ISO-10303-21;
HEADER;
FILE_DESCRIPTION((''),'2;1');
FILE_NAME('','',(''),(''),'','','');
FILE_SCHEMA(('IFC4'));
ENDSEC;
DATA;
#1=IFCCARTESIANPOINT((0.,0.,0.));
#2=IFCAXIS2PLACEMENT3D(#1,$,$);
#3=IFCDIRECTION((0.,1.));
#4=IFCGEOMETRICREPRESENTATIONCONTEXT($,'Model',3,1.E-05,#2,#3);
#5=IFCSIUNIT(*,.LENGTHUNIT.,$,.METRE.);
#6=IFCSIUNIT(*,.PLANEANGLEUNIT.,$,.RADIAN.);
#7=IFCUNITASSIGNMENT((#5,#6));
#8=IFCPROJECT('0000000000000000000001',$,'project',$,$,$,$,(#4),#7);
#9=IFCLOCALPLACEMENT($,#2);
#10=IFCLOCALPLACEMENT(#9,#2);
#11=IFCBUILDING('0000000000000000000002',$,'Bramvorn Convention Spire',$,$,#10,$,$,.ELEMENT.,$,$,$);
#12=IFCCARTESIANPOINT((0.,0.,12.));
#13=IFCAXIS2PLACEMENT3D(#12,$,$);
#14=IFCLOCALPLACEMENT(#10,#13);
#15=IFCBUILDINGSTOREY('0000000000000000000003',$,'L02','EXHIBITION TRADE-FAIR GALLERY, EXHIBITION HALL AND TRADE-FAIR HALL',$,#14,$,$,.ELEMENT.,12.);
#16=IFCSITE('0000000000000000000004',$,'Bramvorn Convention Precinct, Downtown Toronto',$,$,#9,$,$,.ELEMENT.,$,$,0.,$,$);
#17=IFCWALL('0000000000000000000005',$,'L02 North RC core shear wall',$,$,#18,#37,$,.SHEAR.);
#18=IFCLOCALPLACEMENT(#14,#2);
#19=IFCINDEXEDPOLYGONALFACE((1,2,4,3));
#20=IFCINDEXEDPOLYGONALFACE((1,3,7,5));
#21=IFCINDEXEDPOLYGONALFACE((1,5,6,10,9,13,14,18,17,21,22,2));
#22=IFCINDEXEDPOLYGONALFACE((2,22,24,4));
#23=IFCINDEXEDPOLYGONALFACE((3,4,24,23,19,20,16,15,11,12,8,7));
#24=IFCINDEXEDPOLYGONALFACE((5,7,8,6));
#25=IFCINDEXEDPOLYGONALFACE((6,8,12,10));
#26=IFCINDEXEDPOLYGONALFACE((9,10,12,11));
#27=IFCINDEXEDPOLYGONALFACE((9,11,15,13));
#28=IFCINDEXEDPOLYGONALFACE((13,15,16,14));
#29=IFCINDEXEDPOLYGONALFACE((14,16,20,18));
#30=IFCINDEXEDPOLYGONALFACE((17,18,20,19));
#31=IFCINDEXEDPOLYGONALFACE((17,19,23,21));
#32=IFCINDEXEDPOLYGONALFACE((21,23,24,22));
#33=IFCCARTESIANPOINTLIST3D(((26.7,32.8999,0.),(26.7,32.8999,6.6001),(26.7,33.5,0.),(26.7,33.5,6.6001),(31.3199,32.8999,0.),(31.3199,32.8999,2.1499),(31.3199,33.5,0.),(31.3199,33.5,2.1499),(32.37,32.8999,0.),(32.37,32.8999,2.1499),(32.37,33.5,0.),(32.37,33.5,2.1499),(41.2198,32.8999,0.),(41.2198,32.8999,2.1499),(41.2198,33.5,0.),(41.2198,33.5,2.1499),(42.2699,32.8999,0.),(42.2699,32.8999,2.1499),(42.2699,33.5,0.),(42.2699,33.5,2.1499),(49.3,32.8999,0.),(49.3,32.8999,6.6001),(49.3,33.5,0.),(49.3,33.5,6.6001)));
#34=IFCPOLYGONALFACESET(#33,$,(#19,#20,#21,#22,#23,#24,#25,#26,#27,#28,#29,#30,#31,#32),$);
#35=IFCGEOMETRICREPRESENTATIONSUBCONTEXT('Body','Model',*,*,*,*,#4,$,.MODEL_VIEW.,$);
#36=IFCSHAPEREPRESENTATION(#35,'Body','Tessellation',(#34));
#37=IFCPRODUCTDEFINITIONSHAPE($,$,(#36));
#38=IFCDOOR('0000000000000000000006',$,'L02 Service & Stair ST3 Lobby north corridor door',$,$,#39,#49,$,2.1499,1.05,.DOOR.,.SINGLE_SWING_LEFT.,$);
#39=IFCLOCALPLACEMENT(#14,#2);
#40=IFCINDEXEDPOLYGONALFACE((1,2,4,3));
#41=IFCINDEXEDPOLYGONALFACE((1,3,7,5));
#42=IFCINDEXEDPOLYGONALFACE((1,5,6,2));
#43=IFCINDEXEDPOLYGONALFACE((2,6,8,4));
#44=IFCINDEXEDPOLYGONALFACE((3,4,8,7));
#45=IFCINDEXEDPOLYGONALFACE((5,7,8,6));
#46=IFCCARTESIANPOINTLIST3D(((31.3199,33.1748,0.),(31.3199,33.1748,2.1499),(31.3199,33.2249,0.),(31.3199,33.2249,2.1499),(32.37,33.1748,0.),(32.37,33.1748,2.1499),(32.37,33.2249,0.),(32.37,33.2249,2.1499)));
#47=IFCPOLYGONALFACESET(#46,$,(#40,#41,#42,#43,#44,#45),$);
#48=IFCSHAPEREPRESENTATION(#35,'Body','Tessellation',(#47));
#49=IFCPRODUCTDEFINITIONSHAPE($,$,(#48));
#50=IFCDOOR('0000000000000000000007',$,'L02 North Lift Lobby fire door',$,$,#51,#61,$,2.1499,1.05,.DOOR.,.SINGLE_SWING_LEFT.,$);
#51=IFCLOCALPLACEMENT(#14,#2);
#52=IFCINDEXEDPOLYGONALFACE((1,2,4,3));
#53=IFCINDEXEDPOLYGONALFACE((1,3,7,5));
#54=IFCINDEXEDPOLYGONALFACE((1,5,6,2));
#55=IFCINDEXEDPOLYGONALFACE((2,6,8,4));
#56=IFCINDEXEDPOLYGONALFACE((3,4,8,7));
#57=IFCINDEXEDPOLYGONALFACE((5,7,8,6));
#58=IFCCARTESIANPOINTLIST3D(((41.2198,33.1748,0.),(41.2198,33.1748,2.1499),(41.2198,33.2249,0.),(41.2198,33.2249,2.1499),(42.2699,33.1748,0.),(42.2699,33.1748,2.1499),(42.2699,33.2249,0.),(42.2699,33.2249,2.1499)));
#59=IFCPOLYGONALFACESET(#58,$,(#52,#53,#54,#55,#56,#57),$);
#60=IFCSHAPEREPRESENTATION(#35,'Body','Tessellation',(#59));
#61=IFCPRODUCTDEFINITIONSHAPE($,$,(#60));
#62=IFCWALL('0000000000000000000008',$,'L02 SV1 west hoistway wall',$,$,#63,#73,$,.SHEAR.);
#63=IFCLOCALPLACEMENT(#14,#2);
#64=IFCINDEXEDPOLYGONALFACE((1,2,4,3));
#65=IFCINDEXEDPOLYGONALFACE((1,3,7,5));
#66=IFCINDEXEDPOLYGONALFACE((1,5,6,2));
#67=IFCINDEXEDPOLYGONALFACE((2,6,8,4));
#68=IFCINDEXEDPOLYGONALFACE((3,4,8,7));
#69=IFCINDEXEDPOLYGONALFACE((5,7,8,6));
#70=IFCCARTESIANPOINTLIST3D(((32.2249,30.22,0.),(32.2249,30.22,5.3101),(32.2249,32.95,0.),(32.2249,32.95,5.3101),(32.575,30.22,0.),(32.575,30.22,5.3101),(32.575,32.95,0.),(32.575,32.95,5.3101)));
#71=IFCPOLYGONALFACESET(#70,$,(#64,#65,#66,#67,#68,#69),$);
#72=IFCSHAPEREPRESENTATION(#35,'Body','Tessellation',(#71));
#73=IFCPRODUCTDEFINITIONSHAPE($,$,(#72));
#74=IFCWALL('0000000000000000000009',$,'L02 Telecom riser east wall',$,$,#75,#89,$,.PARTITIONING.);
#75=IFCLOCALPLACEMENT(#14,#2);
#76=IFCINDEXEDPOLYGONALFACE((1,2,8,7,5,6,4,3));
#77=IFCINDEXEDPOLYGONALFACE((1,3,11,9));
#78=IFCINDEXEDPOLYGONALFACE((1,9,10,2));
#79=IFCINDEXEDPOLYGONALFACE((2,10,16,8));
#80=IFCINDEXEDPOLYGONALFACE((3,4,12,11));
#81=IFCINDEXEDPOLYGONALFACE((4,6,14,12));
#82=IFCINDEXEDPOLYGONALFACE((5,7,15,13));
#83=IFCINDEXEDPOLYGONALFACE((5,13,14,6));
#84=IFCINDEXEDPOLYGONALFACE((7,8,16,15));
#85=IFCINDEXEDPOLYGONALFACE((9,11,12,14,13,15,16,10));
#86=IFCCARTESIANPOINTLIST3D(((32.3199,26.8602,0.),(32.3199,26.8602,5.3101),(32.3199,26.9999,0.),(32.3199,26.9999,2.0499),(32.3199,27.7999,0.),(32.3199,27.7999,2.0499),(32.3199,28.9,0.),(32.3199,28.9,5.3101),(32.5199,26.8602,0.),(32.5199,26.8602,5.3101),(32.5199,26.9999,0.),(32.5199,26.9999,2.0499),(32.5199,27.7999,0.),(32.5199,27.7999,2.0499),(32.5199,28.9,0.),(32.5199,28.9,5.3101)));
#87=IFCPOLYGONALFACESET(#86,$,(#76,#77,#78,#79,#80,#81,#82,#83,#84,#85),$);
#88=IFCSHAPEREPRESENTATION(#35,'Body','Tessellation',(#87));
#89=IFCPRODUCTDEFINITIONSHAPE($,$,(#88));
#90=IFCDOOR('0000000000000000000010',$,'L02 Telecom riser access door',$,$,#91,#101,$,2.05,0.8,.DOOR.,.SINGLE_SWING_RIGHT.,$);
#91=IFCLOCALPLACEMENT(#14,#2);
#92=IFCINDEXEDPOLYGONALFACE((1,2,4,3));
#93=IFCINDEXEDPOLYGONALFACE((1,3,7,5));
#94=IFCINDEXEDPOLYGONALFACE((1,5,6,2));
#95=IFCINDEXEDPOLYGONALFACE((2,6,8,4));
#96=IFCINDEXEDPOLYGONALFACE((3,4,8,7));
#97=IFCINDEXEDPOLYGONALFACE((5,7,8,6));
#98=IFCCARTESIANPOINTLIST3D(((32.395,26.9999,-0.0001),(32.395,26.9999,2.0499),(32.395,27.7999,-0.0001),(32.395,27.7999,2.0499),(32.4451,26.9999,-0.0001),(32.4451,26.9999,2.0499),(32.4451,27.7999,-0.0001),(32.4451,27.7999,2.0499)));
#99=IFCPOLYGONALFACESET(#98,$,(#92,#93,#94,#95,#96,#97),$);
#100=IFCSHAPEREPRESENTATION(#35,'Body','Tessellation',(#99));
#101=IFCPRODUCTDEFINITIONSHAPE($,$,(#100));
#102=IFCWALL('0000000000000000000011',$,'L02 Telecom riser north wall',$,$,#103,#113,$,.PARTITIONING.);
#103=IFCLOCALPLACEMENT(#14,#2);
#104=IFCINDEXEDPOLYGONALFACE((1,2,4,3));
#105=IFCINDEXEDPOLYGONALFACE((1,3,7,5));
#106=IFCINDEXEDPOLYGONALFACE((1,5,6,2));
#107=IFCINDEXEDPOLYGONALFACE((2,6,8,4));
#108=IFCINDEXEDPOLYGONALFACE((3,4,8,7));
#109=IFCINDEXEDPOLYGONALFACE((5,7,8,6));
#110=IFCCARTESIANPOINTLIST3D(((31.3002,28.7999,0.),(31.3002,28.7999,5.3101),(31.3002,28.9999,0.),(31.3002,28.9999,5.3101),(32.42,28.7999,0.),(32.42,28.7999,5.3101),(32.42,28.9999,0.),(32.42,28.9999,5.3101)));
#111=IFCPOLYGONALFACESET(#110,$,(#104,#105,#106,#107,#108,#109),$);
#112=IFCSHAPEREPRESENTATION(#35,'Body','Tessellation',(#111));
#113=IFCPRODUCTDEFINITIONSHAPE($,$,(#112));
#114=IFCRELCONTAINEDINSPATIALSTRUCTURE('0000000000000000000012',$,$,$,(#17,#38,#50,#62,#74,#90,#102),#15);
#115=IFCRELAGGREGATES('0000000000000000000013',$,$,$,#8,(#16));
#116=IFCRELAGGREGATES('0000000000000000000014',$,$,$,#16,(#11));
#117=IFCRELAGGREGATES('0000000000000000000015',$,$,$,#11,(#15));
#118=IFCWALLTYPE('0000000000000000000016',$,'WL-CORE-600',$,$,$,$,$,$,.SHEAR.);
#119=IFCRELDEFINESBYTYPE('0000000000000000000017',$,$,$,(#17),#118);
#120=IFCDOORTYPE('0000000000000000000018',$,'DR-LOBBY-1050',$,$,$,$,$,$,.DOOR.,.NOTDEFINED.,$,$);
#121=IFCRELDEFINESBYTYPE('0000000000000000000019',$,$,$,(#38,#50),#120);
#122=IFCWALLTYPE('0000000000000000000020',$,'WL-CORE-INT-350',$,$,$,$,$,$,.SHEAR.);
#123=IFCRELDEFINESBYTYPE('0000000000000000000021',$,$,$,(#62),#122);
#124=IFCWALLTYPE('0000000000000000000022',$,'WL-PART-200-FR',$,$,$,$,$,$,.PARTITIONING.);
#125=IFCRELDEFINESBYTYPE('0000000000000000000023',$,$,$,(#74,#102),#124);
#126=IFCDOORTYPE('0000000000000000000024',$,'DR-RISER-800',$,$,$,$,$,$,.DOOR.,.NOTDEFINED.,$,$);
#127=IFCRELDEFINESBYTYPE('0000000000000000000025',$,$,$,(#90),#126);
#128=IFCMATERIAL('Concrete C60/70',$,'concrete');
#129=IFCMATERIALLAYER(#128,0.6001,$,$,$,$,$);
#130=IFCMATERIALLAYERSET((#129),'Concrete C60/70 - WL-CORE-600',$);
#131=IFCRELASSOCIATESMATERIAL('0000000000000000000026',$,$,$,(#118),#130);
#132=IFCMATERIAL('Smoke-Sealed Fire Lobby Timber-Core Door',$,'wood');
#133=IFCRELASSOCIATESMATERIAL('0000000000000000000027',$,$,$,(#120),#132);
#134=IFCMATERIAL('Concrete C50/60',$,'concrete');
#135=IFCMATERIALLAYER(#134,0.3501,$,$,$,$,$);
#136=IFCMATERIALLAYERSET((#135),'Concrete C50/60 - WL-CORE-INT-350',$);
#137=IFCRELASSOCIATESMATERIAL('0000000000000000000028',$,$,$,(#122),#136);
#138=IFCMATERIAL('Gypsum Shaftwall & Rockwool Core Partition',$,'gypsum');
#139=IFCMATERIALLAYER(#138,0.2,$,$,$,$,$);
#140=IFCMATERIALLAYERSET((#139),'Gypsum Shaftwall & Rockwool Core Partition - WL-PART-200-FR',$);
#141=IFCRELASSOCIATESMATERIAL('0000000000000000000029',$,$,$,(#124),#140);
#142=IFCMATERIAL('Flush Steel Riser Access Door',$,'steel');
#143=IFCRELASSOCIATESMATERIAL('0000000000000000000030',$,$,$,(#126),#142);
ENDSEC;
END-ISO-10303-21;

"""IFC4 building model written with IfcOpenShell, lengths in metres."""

from ifc_helpers import new_model, si_unit, direction, frame, frame_2d, origin, place, context, subcontext, project, spatial, rectangle, extrude, material, layer, layer_set, type_object, element, fill, save


model = new_model("IFC4")

# Units and contexts
model_context = context("Model", 3, precision=1e-05, world=origin(), true_north=direction((0.0, 1.0)))
body_context = subcontext(model_context, "Body", "Model", "MODEL_VIEW")
ifc_project = project(units=[si_unit("LENGTHUNIT", "METRE"), si_unit("PLANEANGLEUNIT", "RADIAN")], contexts=[model_context])

# Site, building, storey
site_placement = place(None, origin())
site = spatial("IfcSite", under=ifc_project, at=site_placement, Name="Bramvorn Convention Precinct, Downtown Toronto", CompositionType="ELEMENT", RefElevation=0.0)
building_placement = place(site_placement, origin())
building = spatial("IfcBuilding", under=site, at=building_placement, Name="Bramvorn Convention Spire", CompositionType="ELEMENT")
storey_placement = place(building_placement, frame((0.0, 0.0, 12.0)))
storey = spatial("IfcBuildingStorey", under=building, at=storey_placement, Name="L02", Description="EXHIBITION TRADE-FAIR GALLERY, EXHIBITION HALL AND TRADE-FAIR HALL", CompositionType="ELEMENT", Elevation=12.0)

# Wall, openings, doors
ifc_material_1 = material(Name="Concrete C60/70", Category="concrete")
ifc_layer_1 = layer(ifc_material_1, 0.6001)
ifc_layer_set_1 = layer_set([ifc_layer_1], Name="Concrete C60/70 - WL-CORE-600")
wall_type_1 = type_object("IfcWallType", Name="WL-CORE-600", PredefinedType="SHEAR", material=ifc_layer_set_1)
wall_1_placement = place(storey_placement, frame((26.7, 33.2, 0.0), z_axis=(0.0, 0.0, 1.0), x_axis=(1.0, 0.0, 0.0)))
wall_1 = element("IfcWall", 1, at=wall_1_placement, inside=storey, type_object=wall_type_1, Name="L02 North RC core shear wall", PredefinedType="SHEAR", context=body_context, shape_type="SweptSolid", body=[
    extrude(rectangle(XDim=22.6001, YDim=0.6001, at=frame_2d((11.3, 0.0))), origin(), (0.0, 0.0, 1.0), 6.6001),
])
opening_1_placement = place(wall_1_placement, frame((4.6201, 0.0, 0.0)))
opening_1 = element("IfcOpeningElement", 2, at=opening_1_placement, cuts=wall_1, PredefinedType="OPENING", context=body_context, shape_type="SweptSolid", body=[
    extrude(rectangle(XDim=1.05, YDim=2.1499, at=frame_2d((0.5249, 1.075))), frame((0.0, 0.3101, 0.0), z_axis=(0.0, -1.0, 0.0), x_axis=(1.0, 0.0, 0.0)), (0.0, 0.0, 1.0), 0.6201),
])
opening_2_placement = place(wall_1_placement, frame((14.52, 0.0, 0.0)))
opening_2 = element("IfcOpeningElement", 3, at=opening_2_placement, cuts=wall_1, PredefinedType="OPENING", context=body_context, shape_type="SweptSolid", body=[
    extrude(rectangle(XDim=1.05, YDim=2.1499, at=frame_2d((0.5249, 1.075))), frame((0.0, 0.3101, 0.0), z_axis=(0.0, -1.0, 0.0), x_axis=(1.0, 0.0, 0.0)), (0.0, 0.0, 1.0), 0.6201),
])
ifc_material_2 = material(Name="Smoke-Sealed Fire Lobby Timber-Core Door", Category="wood")
door_type_1 = type_object("IfcDoorType", Name="DR-LOBBY-1050", OperationType="NOTDEFINED", PredefinedType="DOOR", material=ifc_material_2)
door_1_placement = place(opening_1_placement, origin())
door_1 = element("IfcDoor", 4, at=door_1_placement, inside=storey, type_object=door_type_1, Name="L02 Service & Stair ST3 Lobby north corridor door", OperationType="SINGLE_SWING_LEFT", OverallHeight=2.1499, OverallWidth=1.05, PredefinedType="DOOR", context=body_context, shape_type="SweptSolid", body=[
    extrude(rectangle(XDim=1.05, YDim=2.1499, at=frame_2d((0.5249, 1.075))), frame((0.0, 0.0249, 0.0), z_axis=(0.0, -1.0, 0.0), x_axis=(1.0, 0.0, 0.0)), (0.0, 0.0, 1.0), 0.05),
])
fill(opening_1, door_1)
door_2_placement = place(opening_2_placement, origin())
door_2 = element("IfcDoor", 5, at=door_2_placement, inside=storey, type_object=door_type_1, Name="L02 North Lift Lobby fire door", OperationType="SINGLE_SWING_LEFT", OverallHeight=2.1499, OverallWidth=1.05, PredefinedType="DOOR", context=body_context, shape_type="SweptSolid", body=[
    extrude(rectangle(XDim=1.05, YDim=2.1499, at=frame_2d((0.5249, 1.075))), frame((0.0, 0.0249, 0.0), z_axis=(0.0, -1.0, 0.0), x_axis=(1.0, 0.0, 0.0)), (0.0, 0.0, 1.0), 0.05),
])
fill(opening_2, door_2)

# Shared definitions
ifc_material_3 = material(Name="Concrete C50/60", Category="concrete")
ifc_layer_2 = layer(ifc_material_3, 0.3501)
ifc_layer_set_2 = layer_set([ifc_layer_2], Name="Concrete C50/60 - WL-CORE-INT-350")
wall_type_2 = type_object("IfcWallType", Name="WL-CORE-INT-350", PredefinedType="SHEAR", material=ifc_layer_set_2)

# Wall
wall_2_placement = place(storey_placement, frame((32.3999, 30.22, 0.0), z_axis=(0.0, 0.0, 1.0), x_axis=(0.0, 1.0, 0.0)))
element("IfcWall", 6, at=wall_2_placement, inside=storey, type_object=wall_type_2, Name="L02 SV1 west hoistway wall", PredefinedType="SHEAR", context=body_context, shape_type="SweptSolid", body=[
    extrude(rectangle(XDim=2.73, YDim=0.3501, at=frame_2d((1.365, 0.0))), origin(), (0.0, 0.0, 1.0), 5.3101),
])

# Wall, opening, door
ifc_material_4 = material(Name="Gypsum Shaftwall & Rockwool Core Partition", Category="gypsum")
ifc_layer_3 = layer(ifc_material_4, 0.2)
ifc_layer_set_3 = layer_set([ifc_layer_3], Name="Gypsum Shaftwall & Rockwool Core Partition - WL-PART-200-FR")
wall_type_3 = type_object("IfcWallType", Name="WL-PART-200-FR", PredefinedType="PARTITIONING", material=ifc_layer_set_3)
wall_3_placement = place(storey_placement, frame((32.4199, 26.8601, 0.0), z_axis=(0.0, 0.0, 1.0), x_axis=(0.0, 1.0, 0.0)))
wall_3 = element("IfcWall", 7, at=wall_3_placement, inside=storey, type_object=wall_type_3, Name="L02 Telecom riser east wall", PredefinedType="PARTITIONING", context=body_context, shape_type="SweptSolid", body=[
    extrude(rectangle(XDim=2.0398, YDim=0.2, at=frame_2d((1.02, 0.0))), origin(), (0.0, 0.0, 1.0), 5.3101),
])
opening_3_placement = place(wall_3_placement, frame((0.1399, 0.0, 0.0)))
opening_3 = element("IfcOpeningElement", 8, at=opening_3_placement, cuts=wall_3, PredefinedType="OPENING", context=body_context, shape_type="SweptSolid", body=[
    extrude(rectangle(XDim=0.8, YDim=2.05, at=frame_2d((0.3999, 1.0249))), frame((0.0, 0.1099, 0.0), z_axis=(0.0, -1.0, 0.0), x_axis=(1.0, 0.0, 0.0)), (0.0, 0.0, 1.0), 0.22),
])
ifc_material_5 = material(Name="Flush Steel Riser Access Door", Category="steel")
door_type_2 = type_object("IfcDoorType", Name="DR-RISER-800", OperationType="NOTDEFINED", PredefinedType="DOOR", material=ifc_material_5)
door_3_placement = place(opening_3_placement, origin())
door_3 = element("IfcDoor", 9, at=door_3_placement, inside=storey, type_object=door_type_2, Name="L02 Telecom riser access door", OperationType="SINGLE_SWING_RIGHT", OverallHeight=2.05, OverallWidth=0.8, PredefinedType="DOOR", context=body_context, shape_type="SweptSolid", body=[
    extrude(rectangle(XDim=0.8, YDim=2.05, at=frame_2d((0.3999, 1.0249))), frame((0.0, 0.0249, 0.0), z_axis=(0.0, -1.0, 0.0), x_axis=(1.0, 0.0, 0.0)), (0.0, 0.0, 1.0), 0.05),
])
fill(opening_3, door_3)

# Wall
wall_4_placement = place(storey_placement, frame((31.3, 28.8999, 0.0), z_axis=(0.0, 0.0, 1.0), x_axis=(1.0, 0.0, 0.0)))
element("IfcWall", 10, at=wall_4_placement, inside=storey, type_object=wall_type_3, Name="L02 Telecom riser north wall", PredefinedType="PARTITIONING", context=body_context, shape_type="SweptSolid", body=[
    extrude(rectangle(XDim=1.1199, YDim=0.2, at=frame_2d((0.5601, 0.0))), origin(), (0.0, 0.0, 1.0), 5.3101),
])

save(model, "model.ifc")
